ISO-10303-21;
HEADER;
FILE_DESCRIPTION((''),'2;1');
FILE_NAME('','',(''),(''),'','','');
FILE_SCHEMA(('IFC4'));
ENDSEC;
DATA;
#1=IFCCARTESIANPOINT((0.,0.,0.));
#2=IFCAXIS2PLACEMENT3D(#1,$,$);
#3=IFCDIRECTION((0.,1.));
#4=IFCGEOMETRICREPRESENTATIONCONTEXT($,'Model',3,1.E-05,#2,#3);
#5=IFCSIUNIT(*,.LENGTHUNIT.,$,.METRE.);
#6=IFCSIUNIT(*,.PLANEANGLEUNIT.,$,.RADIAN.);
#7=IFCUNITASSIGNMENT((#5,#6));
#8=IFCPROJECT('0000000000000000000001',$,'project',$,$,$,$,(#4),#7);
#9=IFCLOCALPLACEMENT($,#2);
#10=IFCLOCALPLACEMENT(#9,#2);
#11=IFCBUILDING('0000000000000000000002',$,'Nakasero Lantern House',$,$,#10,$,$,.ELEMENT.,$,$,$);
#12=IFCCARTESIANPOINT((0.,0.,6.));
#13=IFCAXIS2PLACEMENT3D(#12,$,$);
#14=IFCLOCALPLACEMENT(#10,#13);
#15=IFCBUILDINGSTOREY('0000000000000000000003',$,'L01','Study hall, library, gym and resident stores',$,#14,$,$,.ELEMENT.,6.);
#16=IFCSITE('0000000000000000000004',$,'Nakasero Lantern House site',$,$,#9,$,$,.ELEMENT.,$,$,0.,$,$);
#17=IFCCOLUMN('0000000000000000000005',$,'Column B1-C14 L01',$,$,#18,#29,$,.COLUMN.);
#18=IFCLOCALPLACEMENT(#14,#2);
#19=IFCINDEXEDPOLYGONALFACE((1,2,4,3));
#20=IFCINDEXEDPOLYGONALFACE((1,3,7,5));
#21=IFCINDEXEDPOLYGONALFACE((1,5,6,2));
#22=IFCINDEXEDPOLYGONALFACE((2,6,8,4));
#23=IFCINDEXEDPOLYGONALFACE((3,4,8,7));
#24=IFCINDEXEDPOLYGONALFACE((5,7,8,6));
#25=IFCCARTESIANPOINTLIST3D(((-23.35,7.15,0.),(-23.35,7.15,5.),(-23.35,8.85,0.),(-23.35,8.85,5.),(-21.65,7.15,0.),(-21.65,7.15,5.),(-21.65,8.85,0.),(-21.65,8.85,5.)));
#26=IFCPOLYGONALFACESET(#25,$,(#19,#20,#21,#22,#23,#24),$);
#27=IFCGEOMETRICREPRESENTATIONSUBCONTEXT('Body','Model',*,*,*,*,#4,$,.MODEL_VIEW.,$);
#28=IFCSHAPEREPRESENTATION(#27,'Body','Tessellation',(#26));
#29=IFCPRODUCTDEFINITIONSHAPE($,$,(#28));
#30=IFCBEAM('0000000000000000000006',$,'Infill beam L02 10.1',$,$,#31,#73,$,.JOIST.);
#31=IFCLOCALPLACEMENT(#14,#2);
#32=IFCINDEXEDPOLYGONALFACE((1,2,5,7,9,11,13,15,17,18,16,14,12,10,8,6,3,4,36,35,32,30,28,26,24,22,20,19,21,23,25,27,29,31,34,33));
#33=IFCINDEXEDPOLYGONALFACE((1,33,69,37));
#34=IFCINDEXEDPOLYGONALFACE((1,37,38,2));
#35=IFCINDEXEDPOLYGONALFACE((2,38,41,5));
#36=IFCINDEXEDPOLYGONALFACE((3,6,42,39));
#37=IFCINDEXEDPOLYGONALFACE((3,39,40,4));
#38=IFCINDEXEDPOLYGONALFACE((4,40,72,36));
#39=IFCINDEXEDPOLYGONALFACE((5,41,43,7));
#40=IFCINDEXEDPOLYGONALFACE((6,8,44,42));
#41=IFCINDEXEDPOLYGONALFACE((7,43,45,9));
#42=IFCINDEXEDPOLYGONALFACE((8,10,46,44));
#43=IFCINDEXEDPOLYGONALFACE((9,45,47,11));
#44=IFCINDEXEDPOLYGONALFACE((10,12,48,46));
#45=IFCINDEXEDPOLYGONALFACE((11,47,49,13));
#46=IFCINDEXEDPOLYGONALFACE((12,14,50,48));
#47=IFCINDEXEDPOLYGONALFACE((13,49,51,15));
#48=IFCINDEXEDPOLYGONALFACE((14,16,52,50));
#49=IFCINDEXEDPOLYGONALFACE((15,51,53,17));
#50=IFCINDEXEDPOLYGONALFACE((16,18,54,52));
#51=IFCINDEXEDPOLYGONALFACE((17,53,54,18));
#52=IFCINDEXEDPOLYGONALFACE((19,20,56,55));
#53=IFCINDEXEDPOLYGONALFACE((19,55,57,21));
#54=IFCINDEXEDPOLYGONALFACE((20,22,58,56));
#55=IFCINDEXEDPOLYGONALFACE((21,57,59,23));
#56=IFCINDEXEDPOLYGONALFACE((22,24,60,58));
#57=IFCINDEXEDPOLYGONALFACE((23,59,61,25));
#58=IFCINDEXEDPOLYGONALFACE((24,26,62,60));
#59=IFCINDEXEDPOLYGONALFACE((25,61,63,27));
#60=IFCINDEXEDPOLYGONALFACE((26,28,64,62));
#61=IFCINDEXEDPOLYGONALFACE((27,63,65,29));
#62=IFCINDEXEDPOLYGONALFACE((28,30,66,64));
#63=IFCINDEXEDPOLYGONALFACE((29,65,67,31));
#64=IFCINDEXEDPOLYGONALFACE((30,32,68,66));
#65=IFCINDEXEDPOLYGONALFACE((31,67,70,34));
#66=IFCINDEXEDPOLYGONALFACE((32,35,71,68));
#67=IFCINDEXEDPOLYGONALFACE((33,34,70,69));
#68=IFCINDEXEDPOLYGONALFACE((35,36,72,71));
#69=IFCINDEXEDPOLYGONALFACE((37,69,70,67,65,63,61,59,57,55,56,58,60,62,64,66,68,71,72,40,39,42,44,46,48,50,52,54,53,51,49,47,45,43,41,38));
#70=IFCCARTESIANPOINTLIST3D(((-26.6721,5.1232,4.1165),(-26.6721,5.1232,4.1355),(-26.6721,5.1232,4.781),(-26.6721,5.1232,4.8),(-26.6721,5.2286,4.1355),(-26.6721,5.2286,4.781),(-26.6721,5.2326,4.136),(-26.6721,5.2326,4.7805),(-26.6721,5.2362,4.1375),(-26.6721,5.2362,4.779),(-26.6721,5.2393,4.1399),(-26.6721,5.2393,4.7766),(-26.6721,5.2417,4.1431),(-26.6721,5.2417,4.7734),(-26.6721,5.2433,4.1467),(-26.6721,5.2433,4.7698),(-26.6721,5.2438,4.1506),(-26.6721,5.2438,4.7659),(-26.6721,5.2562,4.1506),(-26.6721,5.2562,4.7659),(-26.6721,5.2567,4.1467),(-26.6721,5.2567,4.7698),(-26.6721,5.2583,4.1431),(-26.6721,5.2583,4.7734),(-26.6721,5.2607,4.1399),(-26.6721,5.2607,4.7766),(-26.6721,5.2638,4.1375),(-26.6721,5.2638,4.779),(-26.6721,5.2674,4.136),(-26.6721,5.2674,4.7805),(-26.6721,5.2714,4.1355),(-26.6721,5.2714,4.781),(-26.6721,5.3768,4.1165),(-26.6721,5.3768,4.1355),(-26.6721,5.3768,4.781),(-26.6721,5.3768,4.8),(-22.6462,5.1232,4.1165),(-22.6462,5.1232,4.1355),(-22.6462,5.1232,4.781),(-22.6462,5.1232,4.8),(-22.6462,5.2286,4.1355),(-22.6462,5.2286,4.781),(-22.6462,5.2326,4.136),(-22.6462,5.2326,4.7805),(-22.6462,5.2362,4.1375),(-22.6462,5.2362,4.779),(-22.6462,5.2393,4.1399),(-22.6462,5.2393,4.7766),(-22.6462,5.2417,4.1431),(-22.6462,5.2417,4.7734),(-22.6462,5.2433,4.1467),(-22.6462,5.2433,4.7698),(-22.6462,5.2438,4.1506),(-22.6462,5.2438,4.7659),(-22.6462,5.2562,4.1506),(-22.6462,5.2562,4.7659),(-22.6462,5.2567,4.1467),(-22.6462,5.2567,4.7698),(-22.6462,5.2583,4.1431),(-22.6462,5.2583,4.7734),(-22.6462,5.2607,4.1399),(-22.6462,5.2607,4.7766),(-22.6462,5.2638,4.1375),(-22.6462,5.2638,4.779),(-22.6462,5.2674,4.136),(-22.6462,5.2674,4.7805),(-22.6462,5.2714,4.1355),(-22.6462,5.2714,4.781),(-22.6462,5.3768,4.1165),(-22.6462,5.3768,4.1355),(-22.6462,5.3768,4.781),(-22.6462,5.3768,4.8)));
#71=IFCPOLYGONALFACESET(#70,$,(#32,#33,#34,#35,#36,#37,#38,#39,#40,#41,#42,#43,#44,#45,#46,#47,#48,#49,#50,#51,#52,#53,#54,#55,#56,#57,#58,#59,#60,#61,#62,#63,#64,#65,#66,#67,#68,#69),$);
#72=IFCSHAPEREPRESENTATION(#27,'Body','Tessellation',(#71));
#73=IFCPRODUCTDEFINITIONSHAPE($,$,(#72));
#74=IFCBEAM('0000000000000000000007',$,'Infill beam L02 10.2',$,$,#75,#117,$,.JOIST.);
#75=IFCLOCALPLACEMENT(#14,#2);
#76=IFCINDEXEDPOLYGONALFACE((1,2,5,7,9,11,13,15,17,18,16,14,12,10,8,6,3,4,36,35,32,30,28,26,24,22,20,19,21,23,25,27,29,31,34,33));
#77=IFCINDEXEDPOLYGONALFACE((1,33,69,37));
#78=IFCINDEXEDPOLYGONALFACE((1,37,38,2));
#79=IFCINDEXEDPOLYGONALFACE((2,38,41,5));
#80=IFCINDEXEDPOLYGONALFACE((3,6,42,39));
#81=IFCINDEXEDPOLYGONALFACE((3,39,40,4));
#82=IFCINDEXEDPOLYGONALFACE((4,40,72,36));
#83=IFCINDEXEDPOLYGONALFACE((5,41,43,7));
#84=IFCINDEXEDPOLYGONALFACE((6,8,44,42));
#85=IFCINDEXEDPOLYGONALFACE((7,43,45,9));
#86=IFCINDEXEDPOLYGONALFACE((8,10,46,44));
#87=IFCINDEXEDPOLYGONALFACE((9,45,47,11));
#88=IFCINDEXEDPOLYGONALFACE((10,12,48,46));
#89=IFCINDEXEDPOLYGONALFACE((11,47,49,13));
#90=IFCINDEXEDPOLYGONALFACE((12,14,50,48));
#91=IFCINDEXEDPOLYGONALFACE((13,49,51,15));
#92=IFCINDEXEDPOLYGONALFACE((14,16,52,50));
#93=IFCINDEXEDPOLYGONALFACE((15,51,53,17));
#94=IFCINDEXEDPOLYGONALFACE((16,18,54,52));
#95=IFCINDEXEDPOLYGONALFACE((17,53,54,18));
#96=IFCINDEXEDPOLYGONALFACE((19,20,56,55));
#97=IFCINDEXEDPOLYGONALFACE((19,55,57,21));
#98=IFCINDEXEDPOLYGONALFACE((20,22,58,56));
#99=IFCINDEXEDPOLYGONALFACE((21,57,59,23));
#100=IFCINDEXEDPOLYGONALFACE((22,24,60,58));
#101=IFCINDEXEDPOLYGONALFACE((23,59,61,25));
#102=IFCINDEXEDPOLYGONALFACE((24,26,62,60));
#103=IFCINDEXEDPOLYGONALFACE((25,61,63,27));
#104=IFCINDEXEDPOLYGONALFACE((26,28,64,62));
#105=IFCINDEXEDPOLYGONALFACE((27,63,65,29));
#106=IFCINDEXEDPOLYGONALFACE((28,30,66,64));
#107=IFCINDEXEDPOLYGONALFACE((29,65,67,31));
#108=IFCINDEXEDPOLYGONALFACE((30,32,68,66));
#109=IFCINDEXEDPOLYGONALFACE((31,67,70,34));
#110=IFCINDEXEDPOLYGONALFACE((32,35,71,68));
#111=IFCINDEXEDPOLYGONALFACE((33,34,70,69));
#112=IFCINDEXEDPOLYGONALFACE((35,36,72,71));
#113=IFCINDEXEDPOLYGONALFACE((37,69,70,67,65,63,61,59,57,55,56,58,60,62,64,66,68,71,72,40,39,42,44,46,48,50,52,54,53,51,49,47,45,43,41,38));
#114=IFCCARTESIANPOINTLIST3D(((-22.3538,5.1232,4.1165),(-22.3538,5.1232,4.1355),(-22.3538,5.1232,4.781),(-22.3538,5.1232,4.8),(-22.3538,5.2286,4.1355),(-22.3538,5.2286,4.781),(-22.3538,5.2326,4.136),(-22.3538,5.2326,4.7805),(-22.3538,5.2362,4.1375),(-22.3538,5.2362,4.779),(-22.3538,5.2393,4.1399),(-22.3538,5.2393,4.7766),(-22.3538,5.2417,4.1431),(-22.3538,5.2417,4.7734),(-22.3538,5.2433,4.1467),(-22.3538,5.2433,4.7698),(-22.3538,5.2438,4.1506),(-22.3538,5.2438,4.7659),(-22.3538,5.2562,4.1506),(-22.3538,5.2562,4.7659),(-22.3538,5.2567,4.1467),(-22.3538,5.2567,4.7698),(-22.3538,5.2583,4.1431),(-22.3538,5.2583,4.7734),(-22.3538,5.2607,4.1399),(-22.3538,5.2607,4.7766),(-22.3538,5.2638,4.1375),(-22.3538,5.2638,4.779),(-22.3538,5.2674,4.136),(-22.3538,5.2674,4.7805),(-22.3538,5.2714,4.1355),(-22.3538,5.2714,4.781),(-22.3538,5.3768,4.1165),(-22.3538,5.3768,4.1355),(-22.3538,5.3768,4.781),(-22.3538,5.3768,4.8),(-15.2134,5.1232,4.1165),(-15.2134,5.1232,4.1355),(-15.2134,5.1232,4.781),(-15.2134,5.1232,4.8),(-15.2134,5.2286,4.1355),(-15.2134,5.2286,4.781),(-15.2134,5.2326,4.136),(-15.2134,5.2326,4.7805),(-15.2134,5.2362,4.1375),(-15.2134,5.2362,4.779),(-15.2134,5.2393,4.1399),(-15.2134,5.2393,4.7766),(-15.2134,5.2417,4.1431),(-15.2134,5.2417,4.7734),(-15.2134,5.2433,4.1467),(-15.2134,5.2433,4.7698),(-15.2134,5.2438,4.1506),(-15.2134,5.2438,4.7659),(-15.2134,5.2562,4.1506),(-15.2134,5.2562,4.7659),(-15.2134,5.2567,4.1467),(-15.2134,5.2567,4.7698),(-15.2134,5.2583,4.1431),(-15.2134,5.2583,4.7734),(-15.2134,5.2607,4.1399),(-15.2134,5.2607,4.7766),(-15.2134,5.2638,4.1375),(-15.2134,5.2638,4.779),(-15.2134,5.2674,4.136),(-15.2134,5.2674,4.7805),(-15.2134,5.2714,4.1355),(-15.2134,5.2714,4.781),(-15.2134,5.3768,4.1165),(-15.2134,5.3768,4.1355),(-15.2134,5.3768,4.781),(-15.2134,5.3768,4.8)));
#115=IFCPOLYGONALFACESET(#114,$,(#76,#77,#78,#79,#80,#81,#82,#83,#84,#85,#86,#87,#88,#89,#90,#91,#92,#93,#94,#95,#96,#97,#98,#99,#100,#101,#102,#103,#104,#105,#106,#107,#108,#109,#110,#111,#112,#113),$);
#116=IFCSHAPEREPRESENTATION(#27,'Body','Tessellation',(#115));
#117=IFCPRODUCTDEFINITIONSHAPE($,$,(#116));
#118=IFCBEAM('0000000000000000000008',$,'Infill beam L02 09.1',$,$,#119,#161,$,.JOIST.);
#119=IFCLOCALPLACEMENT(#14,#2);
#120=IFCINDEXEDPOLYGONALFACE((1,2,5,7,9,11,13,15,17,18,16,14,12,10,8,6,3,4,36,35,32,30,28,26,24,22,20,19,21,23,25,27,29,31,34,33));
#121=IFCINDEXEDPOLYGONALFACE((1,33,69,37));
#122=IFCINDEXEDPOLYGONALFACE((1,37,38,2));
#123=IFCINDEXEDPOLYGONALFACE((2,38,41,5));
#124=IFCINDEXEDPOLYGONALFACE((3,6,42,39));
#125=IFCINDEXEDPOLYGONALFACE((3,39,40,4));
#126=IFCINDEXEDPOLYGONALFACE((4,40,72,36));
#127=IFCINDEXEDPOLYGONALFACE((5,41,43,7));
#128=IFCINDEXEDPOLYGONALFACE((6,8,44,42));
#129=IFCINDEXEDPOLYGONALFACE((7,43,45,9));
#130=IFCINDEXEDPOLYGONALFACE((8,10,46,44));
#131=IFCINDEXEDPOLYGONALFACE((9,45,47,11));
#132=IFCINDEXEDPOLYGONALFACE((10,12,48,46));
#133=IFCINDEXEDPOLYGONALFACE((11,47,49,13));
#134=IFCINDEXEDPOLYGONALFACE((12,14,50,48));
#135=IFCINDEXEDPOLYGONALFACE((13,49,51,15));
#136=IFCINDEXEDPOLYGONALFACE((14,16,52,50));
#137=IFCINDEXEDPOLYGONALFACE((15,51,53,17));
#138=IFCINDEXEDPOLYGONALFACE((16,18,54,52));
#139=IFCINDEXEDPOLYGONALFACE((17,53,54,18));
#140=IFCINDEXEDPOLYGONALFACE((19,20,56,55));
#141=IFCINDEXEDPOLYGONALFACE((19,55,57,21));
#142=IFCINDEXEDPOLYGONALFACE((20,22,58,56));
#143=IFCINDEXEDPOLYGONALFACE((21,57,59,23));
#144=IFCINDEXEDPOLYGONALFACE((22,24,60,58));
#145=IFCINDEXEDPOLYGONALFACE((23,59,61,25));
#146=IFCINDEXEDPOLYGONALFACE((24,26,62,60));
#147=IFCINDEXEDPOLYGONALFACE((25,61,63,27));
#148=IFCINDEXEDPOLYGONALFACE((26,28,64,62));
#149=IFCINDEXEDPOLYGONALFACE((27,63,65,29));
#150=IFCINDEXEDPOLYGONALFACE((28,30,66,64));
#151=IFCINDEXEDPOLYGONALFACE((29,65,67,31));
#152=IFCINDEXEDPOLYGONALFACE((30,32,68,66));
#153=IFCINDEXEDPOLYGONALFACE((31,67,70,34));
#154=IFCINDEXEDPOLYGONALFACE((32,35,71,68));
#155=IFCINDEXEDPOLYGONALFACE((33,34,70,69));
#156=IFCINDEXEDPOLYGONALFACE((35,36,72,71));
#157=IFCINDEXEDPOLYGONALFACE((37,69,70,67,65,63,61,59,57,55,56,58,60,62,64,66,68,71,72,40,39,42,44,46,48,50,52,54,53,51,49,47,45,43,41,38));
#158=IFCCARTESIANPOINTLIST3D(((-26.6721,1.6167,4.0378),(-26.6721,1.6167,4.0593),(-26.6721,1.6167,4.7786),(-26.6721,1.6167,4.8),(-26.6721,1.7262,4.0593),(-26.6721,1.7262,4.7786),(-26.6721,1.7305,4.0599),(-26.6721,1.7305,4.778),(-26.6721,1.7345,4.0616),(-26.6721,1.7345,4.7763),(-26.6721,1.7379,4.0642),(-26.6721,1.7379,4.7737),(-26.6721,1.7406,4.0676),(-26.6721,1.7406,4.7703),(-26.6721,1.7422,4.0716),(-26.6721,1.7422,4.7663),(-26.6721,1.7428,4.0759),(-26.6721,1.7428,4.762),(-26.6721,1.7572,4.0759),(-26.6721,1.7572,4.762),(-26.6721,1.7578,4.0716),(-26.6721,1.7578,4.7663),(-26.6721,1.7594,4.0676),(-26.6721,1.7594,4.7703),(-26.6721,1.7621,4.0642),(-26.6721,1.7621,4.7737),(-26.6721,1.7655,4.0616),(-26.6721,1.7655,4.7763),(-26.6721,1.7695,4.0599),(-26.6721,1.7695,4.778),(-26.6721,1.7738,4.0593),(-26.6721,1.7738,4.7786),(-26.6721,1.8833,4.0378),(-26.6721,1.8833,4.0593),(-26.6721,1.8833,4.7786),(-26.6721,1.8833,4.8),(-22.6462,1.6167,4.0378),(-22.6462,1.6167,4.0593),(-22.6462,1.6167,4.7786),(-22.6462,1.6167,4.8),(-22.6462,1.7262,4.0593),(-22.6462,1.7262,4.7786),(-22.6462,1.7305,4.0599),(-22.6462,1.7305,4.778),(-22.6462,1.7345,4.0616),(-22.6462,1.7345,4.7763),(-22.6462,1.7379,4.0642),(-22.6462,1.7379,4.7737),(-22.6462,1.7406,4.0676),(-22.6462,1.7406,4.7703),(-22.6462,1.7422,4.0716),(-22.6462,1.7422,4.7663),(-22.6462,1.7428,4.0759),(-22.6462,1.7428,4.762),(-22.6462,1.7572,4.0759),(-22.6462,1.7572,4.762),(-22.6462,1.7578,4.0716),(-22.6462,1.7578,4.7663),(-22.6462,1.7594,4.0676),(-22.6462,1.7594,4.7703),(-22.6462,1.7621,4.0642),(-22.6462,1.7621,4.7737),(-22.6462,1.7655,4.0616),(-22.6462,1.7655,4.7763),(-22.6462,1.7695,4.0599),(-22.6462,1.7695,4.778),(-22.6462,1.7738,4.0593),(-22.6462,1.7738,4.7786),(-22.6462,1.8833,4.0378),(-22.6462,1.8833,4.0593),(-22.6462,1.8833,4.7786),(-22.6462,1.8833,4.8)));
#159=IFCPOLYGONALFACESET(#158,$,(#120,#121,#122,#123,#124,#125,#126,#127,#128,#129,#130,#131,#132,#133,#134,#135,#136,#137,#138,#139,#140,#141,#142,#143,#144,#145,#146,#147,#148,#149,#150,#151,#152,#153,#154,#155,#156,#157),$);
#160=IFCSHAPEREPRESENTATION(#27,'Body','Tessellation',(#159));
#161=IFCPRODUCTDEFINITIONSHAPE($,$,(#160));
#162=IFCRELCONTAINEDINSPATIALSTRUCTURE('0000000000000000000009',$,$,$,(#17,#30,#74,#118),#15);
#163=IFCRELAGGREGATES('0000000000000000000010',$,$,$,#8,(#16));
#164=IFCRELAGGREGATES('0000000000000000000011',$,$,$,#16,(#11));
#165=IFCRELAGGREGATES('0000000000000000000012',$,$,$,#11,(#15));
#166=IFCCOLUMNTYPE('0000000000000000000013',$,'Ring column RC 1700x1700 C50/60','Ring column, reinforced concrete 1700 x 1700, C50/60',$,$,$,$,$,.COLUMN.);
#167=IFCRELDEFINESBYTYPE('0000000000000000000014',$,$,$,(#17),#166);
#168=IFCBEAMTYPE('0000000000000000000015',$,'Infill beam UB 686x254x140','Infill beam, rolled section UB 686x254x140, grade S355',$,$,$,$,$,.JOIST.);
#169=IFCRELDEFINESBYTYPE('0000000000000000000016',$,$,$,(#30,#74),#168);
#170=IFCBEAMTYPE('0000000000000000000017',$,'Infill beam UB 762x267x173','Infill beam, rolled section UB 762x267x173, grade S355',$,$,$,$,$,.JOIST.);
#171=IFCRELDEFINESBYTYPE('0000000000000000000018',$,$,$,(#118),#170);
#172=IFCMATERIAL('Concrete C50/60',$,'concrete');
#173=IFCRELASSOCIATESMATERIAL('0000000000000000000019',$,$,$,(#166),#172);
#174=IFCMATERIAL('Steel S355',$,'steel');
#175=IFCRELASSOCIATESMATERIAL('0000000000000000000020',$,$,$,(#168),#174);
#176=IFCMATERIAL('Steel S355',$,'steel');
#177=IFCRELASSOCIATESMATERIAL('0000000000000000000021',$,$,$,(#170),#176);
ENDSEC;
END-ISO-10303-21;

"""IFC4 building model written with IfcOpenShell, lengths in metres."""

from ifc_helpers import new_model, si_unit, direction, frame, origin, origin_2d, place, context, subcontext, project, spatial, rectangle, i_section, extrude, material, material_profile, profile_set, type_object, element, save


model = new_model("IFC4")

# Units and contexts
model_context = context("Model", 3, precision=1e-05, world=origin(), true_north=direction((0.0, 1.0)))
body_context = subcontext(model_context, "Body", "Model", "MODEL_VIEW")
ifc_project = project(units=[si_unit("LENGTHUNIT", "METRE"), si_unit("PLANEANGLEUNIT", "RADIAN")], contexts=[model_context])

# Site, building, storey
site_placement = place(None, origin())
site = spatial("IfcSite", under=ifc_project, at=site_placement, Name="Nakasero Lantern House site", CompositionType="ELEMENT", RefElevation=0.0)
building_placement = place(site_placement, origin())
building = spatial("IfcBuilding", under=site, at=building_placement, Name="Nakasero Lantern House", CompositionType="ELEMENT")
storey_placement = place(building_placement, frame((0.0, 0.0, 6.0)))
storey = spatial("IfcBuildingStorey", under=building, at=storey_placement, Name="L01", Description="Study hall, library, gym and resident stores", CompositionType="ELEMENT", Elevation=6.0)

# Column
ifc_material_1 = material(Name="Concrete C50/60", Category="concrete")
ifc_material_profile_1 = material_profile(ifc_material_1, rectangle(XDim=1.7, YDim=1.7, at=origin_2d()), Name="RC 1700x1700")
ifc_profile_set_1 = profile_set([ifc_material_profile_1], Name="Concrete C50/60")
column_type = type_object("IfcColumnType", Name="Ring column RC 1700x1700 C50/60", Description="Ring column, reinforced concrete 1700 x 1700, C50/60", PredefinedType="COLUMN", material=ifc_profile_set_1)
column_placement = place(storey_placement, frame((-22.5, 8.0, 0.0), z_axis=(0.0, 0.0, 1.0), x_axis=(1.0, 0.0, 0.0)))
element("IfcColumn", 1, at=column_placement, inside=storey, type_object=column_type, Name="Column B1-C14 L01", PredefinedType="COLUMN", context=body_context, shape_type="SweptSolid", body=[
    extrude(rectangle(XDim=1.7, YDim=1.7, at=origin_2d()), origin(), (0.0, 0.0, 1.0), 5.0),
])

# Beams
ifc_material_2 = material(Name="Steel S355", Category="steel")
ifc_material_profile_2 = material_profile(ifc_material_2, i_section(OverallWidth=0.2537, OverallDepth=0.6836, WebThickness=0.0125, FlangeThickness=0.019, FilletRadius=0.0151, at=origin_2d()), Name="UB 686x254x140")
ifc_profile_set_2 = profile_set([ifc_material_profile_2], Name="Steel S355")
beam_type_1 = type_object("IfcBeamType", Name="Infill beam UB 686x254x140", Description="Infill beam, rolled section UB 686x254x140, grade S355", PredefinedType="JOIST", material=ifc_profile_set_2)
beam_1_placement = place(storey_placement, frame((-26.6721, 5.25, 4.4583), z_axis=(1.0, 0.0, 0.0), x_axis=(0.0, 1.0, 0.0)))
element("IfcBeam", 2, at=beam_1_placement, inside=storey, type_object=beam_type_1, Name="Infill beam L02 10.1", PredefinedType="JOIST", context=body_context, shape_type="SweptSolid", body=[
    extrude(i_section(OverallWidth=0.2537, OverallDepth=0.6836, WebThickness=0.0125, FlangeThickness=0.019, FilletRadius=0.0151, at=origin_2d()), origin(), (0.0, 0.0, 1.0), 4.0259),
])
beam_2_placement = place(storey_placement, frame((-22.3538, 5.25, 4.4583), z_axis=(1.0, 0.0, 0.0), x_axis=(0.0, 1.0, 0.0)))
element("IfcBeam", 3, at=beam_2_placement, inside=storey, type_object=beam_type_1, Name="Infill beam L02 10.2", PredefinedType="JOIST", context=body_context, shape_type="SweptSolid", body=[
    extrude(i_section(OverallWidth=0.2537, OverallDepth=0.6836, WebThickness=0.0125, FlangeThickness=0.019, FilletRadius=0.0151, at=origin_2d()), origin(), (0.0, 0.0, 1.0), 7.1404),
])
ifc_material_3 = material(Name="Steel S355", Category="steel")
ifc_material_profile_3 = material_profile(ifc_material_3, i_section(OverallWidth=0.2666, OverallDepth=0.7622, WebThickness=0.0144, FlangeThickness=0.0215, FilletRadius=0.0166, at=origin_2d()), Name="UB 762x267x173")
ifc_profile_set_3 = profile_set([ifc_material_profile_3], Name="Steel S355")
beam_type_2 = type_object("IfcBeamType", Name="Infill beam UB 762x267x173", Description="Infill beam, rolled section UB 762x267x173, grade S355", PredefinedType="JOIST", material=ifc_profile_set_3)
beam_3_placement = place(storey_placement, frame((-26.6721, 1.75, 4.4189), z_axis=(1.0, 0.0, 0.0), x_axis=(0.0, 1.0, 0.0)))
element("IfcBeam", 4, at=beam_3_placement, inside=storey, type_object=beam_type_2, Name="Infill beam L02 09.1", PredefinedType="JOIST", context=body_context, shape_type="SweptSolid", body=[
    extrude(i_section(OverallWidth=0.2666, OverallDepth=0.7622, WebThickness=0.0144, FlangeThickness=0.0215, FilletRadius=0.0166, at=origin_2d()), origin(), (0.0, 0.0, 1.0), 4.0259),
])

save(model, "model.ifc")
